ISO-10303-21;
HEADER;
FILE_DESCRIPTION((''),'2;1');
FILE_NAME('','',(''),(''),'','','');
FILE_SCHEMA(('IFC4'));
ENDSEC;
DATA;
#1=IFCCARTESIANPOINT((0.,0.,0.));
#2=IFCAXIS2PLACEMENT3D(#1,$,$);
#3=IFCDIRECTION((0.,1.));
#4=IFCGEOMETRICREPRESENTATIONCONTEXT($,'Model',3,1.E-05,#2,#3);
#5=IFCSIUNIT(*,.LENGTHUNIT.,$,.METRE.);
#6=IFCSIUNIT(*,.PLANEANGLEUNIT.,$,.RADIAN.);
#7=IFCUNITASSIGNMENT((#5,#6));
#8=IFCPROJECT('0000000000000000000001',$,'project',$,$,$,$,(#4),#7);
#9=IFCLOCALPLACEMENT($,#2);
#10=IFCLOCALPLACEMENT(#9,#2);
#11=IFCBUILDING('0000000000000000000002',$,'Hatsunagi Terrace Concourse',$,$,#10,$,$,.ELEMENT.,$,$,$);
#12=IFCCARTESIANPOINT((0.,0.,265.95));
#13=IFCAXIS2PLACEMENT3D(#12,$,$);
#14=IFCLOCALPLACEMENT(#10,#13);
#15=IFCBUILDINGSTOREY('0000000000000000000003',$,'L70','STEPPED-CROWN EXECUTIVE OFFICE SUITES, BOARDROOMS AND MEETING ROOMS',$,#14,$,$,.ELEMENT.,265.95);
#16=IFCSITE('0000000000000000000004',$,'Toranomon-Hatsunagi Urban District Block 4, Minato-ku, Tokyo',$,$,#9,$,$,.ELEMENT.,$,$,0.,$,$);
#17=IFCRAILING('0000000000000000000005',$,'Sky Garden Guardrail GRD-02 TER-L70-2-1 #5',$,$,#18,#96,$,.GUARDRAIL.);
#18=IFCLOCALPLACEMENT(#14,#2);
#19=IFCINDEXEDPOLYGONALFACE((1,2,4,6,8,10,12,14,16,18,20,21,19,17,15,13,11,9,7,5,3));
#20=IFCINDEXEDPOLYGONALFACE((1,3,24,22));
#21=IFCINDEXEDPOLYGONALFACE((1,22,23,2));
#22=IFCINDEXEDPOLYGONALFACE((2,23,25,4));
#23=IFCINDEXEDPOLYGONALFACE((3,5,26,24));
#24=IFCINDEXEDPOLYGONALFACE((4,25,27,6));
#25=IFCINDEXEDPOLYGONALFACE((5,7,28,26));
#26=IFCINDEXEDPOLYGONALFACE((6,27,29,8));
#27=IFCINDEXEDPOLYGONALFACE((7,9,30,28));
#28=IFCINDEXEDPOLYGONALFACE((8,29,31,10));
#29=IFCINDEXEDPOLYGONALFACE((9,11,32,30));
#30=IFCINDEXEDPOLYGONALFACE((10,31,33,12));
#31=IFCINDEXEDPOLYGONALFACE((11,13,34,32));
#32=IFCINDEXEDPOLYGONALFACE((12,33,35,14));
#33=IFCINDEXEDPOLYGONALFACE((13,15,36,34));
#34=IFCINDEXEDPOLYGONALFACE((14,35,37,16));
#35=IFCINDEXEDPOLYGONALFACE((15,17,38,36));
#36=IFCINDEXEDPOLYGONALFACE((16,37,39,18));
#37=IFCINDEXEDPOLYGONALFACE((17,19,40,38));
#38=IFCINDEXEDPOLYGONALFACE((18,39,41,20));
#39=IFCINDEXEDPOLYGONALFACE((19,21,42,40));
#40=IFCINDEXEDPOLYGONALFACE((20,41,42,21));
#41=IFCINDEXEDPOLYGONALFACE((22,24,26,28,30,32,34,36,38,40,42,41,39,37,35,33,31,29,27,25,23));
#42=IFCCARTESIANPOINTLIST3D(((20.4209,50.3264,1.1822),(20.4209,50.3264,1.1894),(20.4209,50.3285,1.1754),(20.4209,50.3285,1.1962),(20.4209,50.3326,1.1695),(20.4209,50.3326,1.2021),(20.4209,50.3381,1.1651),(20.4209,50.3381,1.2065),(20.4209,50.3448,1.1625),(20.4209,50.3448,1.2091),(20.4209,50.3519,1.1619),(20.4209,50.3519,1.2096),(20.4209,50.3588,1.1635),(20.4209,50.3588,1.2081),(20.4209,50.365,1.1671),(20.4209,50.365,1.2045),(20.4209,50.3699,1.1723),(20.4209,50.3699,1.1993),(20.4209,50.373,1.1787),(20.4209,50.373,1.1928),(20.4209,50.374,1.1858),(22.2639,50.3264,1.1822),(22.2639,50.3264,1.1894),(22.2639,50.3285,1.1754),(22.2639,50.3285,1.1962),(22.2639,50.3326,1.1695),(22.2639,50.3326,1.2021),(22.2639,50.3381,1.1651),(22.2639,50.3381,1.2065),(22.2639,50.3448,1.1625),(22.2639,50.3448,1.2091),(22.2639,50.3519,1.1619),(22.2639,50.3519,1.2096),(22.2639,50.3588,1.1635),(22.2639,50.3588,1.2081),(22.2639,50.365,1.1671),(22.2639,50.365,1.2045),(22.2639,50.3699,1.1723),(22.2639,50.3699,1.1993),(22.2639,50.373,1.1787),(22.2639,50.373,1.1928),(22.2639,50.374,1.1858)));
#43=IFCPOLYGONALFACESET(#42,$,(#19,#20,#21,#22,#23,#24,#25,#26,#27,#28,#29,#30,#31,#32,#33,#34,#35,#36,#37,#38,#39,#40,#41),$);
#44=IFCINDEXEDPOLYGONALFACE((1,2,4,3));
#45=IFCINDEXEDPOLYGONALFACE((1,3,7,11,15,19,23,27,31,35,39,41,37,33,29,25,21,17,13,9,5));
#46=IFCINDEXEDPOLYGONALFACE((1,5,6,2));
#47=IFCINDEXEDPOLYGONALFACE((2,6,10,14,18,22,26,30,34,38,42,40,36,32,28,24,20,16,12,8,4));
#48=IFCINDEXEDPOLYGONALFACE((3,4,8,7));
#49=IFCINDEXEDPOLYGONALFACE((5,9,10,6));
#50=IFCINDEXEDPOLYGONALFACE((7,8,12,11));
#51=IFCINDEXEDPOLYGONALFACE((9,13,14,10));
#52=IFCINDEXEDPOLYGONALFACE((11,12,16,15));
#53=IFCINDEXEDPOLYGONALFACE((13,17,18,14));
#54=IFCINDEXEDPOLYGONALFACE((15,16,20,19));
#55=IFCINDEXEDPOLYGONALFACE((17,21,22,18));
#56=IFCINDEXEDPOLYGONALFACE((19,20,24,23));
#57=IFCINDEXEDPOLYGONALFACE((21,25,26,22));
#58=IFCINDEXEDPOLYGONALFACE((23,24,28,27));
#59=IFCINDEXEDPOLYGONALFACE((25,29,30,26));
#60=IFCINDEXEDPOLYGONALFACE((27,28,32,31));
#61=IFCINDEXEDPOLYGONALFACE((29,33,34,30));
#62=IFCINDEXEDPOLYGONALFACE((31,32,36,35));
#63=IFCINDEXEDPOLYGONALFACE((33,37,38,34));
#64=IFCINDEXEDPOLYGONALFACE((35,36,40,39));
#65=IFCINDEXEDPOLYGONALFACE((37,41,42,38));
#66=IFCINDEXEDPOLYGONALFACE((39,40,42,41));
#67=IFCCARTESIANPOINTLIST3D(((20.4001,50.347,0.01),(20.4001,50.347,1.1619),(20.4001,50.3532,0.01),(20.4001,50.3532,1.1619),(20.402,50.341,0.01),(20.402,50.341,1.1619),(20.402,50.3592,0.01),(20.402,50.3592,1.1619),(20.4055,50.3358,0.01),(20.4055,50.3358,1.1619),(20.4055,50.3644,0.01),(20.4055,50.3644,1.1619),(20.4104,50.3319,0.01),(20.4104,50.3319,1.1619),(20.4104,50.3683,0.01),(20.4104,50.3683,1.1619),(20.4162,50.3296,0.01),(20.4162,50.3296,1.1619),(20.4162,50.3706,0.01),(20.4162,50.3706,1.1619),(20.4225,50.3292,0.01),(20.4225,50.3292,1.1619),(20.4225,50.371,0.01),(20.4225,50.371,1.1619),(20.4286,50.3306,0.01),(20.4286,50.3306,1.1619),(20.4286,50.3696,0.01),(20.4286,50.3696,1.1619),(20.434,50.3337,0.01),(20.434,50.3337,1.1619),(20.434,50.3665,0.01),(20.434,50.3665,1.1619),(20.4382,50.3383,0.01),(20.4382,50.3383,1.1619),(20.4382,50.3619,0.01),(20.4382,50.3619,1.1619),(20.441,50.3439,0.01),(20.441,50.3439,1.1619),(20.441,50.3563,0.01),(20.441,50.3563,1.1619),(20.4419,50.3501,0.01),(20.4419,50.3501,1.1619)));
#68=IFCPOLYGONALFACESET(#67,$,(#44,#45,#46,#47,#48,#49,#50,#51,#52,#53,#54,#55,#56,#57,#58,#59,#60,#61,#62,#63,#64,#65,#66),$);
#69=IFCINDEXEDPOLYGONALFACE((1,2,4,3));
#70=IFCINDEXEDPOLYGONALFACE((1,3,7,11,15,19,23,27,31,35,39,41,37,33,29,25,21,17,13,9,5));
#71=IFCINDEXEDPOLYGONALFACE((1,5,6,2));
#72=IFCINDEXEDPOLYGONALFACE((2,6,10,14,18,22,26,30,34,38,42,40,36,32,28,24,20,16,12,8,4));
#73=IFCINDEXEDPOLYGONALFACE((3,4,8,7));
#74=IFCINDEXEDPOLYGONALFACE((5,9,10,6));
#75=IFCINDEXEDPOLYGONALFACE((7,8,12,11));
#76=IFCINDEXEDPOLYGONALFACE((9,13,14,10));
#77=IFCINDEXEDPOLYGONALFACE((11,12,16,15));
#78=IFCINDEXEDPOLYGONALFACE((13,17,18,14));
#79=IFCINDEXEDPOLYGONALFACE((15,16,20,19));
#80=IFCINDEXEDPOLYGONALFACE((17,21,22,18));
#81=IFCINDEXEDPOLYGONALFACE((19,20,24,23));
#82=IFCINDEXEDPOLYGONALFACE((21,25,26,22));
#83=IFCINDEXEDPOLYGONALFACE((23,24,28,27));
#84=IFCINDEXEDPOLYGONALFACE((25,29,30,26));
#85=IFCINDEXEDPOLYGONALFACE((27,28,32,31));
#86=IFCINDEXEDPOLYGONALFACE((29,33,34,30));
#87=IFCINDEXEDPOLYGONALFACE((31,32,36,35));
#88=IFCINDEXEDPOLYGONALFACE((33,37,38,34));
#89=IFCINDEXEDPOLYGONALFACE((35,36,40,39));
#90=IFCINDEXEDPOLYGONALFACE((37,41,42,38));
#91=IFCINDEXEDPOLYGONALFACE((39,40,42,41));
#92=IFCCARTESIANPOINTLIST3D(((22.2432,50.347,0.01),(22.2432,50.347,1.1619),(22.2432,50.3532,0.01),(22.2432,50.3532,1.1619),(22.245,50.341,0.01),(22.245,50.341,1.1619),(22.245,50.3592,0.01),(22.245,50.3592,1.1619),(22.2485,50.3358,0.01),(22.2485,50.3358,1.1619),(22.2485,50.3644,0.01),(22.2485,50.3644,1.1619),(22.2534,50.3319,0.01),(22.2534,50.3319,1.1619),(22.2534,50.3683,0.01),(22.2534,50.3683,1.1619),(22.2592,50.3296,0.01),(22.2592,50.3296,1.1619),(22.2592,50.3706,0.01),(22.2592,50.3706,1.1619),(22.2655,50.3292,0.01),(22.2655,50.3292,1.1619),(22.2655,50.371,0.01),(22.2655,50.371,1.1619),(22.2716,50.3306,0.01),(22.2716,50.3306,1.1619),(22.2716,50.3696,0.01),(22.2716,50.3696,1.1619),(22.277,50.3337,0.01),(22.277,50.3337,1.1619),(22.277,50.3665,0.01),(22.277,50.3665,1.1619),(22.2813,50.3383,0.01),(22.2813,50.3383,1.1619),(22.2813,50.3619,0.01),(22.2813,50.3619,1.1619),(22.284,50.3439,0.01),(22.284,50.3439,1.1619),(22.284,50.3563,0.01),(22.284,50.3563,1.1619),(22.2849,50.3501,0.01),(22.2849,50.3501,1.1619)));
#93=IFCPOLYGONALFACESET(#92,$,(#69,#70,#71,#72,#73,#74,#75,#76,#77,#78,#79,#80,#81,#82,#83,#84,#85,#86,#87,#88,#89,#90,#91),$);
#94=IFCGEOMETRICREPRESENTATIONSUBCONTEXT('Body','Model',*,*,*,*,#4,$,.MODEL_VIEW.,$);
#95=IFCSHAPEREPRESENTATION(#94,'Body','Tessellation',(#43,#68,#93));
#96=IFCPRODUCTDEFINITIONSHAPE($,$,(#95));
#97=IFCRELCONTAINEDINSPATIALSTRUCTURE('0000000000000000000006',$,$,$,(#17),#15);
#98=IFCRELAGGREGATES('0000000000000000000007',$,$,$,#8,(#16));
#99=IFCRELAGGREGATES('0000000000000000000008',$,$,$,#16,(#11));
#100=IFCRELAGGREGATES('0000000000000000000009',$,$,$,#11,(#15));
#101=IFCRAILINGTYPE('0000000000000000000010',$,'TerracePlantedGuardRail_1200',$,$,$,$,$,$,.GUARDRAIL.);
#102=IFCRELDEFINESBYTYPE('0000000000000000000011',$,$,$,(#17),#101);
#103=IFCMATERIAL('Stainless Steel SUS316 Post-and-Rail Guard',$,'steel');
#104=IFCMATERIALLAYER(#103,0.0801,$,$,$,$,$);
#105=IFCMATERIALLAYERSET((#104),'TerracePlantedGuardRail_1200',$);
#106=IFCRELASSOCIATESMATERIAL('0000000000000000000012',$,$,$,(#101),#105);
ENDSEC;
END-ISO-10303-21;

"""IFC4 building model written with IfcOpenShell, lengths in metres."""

from ifc_helpers import new_model, si_unit, direction, frame, origin, origin_2d, place, context, subcontext, project, spatial, circle, extrude, material, layer, layer_set, type_object, element, save


model = new_model("IFC4")

# Units and contexts
model_context = context("Model", 3, precision=1e-05, world=origin(), true_north=direction((0.0, 1.0)))
body_context = subcontext(model_context, "Body", "Model", "MODEL_VIEW")
ifc_project = project(units=[si_unit("LENGTHUNIT", "METRE"), si_unit("PLANEANGLEUNIT", "RADIAN")], contexts=[model_context])

# Site, building, storey
site_placement = place(None, origin())
site = spatial("IfcSite", under=ifc_project, at=site_placement, Name="Toranomon-Hatsunagi Urban District Block 4, Minato-ku, Tokyo", CompositionType="ELEMENT", RefElevation=0.0)
building_placement = place(site_placement, origin())
building = spatial("IfcBuilding", under=site, at=building_placement, Name="Hatsunagi Terrace Concourse", CompositionType="ELEMENT")
storey_placement = place(building_placement, frame((0.0, 0.0, 265.95)))
storey = spatial("IfcBuildingStorey", under=building, at=storey_placement, Name="L70", Description="STEPPED-CROWN EXECUTIVE OFFICE SUITES, BOARDROOMS AND MEETING ROOMS", CompositionType="ELEMENT", Elevation=265.95)

# Railing
ifc_material_1 = material(Name="Stainless Steel SUS316 Post-and-Rail Guard", Category="steel")
ifc_layer_1 = layer(ifc_material_1, 0.0801)
ifc_layer_set_1 = layer_set([ifc_layer_1], Name="TerracePlantedGuardRail_1200")
railing_type = type_object("IfcRailingType", Name="TerracePlantedGuardRail_1200", PredefinedType="GUARDRAIL", material=ifc_layer_set_1)
railing_1_placement = place(storey_placement, frame((20.4209, 50.3501, 0.01)))
element("IfcRailing", 1, at=railing_1_placement, inside=storey, type_object=railing_type, Name="Sky Garden Guardrail GRD-02 TER-L70-2-1 #5", PredefinedType="GUARDRAIL", context=body_context, shape_type="SweptSolid", body=[
    extrude(circle(Radius=0.0239, at=origin_2d()), frame((0.0, 0.0, 1.1758), z_axis=(1.0, 0.0, 0.0), x_axis=(0.0, 1.0, 0.0)), (0.0, 0.0, 1.0), 1.843),
    extrude(circle(Radius=0.021, at=origin_2d()), origin(), (0.0, 0.0, 1.0), 1.1519),
    extrude(circle(Radius=0.021, at=origin_2d()), frame((1.843, 0.0, 0.0)), (0.0, 0.0, 1.0), 1.1519),
])

save(model, "model.ifc")
